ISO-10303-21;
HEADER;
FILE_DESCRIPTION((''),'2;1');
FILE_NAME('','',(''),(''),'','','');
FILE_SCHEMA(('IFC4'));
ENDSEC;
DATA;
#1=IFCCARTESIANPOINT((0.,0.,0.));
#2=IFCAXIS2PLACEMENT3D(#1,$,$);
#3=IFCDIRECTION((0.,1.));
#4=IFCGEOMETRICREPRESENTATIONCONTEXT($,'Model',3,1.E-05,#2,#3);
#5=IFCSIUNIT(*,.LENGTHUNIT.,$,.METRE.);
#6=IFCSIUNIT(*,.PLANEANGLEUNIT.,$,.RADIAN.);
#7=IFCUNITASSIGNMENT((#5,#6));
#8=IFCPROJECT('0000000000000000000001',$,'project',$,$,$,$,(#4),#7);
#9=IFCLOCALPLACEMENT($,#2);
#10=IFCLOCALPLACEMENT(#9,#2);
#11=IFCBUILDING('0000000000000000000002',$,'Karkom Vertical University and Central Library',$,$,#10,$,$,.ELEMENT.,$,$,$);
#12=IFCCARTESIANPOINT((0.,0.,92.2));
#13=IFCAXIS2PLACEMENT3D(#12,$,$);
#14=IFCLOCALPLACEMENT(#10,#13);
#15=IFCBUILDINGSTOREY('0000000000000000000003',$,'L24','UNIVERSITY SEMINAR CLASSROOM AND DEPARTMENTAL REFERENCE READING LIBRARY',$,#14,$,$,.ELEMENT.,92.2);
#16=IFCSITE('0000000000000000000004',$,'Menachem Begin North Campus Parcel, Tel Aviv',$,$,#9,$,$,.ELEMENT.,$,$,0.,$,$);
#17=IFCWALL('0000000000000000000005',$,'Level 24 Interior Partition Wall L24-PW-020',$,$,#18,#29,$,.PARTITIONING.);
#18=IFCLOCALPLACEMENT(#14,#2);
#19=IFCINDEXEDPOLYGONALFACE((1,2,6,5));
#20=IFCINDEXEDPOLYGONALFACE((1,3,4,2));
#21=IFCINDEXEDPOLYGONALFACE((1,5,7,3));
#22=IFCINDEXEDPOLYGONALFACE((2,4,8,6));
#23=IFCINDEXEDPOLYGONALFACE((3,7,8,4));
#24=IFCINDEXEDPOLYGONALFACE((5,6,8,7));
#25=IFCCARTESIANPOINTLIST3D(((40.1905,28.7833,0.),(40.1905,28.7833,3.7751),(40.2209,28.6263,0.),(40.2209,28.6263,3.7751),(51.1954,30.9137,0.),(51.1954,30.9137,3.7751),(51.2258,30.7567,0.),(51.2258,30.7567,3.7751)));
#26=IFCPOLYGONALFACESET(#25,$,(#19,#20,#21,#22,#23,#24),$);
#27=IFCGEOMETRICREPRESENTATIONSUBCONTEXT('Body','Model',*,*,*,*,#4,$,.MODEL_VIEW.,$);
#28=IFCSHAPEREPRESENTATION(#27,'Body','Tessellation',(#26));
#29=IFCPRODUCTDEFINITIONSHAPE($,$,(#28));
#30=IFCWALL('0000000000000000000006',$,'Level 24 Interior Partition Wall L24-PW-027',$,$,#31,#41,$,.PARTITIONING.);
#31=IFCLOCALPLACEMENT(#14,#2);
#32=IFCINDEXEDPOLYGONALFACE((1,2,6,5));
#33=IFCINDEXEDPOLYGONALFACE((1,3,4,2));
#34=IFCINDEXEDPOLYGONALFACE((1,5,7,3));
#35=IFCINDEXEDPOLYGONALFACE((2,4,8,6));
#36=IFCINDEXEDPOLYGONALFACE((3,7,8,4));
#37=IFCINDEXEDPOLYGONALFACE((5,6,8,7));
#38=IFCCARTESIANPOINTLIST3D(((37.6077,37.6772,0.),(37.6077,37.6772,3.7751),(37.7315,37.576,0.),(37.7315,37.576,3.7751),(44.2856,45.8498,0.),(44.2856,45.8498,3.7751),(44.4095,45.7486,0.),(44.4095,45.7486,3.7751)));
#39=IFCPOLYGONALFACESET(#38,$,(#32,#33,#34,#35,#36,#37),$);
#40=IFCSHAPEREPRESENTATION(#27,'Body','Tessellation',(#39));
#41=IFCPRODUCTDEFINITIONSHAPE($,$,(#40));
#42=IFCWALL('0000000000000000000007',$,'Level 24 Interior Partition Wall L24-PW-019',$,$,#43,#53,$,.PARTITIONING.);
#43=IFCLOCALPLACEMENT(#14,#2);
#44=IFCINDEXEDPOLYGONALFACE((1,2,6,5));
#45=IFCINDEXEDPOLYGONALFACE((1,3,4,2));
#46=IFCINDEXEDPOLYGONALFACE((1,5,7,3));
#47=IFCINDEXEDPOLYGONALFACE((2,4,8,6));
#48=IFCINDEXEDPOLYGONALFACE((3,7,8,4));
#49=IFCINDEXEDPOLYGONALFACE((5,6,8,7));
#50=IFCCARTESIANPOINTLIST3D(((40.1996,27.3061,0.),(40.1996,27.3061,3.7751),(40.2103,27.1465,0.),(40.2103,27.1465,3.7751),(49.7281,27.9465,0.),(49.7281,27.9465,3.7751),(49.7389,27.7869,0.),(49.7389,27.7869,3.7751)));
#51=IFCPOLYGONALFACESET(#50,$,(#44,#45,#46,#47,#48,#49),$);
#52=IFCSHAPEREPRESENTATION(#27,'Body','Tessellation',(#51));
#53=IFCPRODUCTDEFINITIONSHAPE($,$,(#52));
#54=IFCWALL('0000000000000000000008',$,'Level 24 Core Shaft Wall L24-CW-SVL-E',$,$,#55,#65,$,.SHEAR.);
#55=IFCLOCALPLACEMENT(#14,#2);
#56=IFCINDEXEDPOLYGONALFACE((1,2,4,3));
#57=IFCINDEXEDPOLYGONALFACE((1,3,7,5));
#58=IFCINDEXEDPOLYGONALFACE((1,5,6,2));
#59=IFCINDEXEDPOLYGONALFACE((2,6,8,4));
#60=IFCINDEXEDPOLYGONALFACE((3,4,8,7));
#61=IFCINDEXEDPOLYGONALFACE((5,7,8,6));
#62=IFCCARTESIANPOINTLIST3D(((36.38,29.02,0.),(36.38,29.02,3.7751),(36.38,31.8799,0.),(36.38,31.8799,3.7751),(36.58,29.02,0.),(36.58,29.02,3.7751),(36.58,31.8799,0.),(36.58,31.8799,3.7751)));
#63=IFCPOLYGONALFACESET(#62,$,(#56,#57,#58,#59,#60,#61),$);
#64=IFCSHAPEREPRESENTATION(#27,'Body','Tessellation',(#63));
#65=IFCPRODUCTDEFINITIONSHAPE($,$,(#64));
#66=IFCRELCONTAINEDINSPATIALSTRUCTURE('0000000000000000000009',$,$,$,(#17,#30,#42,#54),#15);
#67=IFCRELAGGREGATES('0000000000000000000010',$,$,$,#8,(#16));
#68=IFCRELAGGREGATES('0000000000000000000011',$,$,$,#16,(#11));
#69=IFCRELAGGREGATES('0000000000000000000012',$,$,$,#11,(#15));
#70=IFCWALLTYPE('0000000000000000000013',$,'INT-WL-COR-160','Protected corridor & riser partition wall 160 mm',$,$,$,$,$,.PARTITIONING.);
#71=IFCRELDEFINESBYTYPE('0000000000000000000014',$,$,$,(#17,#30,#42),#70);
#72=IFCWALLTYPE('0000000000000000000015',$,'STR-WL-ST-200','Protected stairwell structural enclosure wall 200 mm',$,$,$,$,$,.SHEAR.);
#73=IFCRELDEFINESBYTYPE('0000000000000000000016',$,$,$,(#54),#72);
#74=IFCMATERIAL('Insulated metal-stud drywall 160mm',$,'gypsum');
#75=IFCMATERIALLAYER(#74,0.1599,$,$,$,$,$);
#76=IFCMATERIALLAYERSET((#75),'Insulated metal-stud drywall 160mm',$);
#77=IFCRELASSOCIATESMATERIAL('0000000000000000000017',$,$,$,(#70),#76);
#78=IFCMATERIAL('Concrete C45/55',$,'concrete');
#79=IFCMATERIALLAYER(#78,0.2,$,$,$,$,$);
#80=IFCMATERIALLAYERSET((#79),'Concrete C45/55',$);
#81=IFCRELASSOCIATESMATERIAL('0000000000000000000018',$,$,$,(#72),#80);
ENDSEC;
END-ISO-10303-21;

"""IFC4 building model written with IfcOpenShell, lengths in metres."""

from ifc_helpers import new_model, si_unit, direction, frame, frame_2d, origin, place, context, subcontext, project, spatial, rectangle, extrude, material, layer, layer_set, type_object, element, save


model = new_model("IFC4")

# Units and contexts
model_context = context("Model", 3, precision=1e-05, world=origin(), true_north=direction((0.0, 1.0)))
body_context = subcontext(model_context, "Body", "Model", "MODEL_VIEW")
ifc_project = project(units=[si_unit("LENGTHUNIT", "METRE"), si_unit("PLANEANGLEUNIT", "RADIAN")], contexts=[model_context])

# Site, building, storey
site_placement = place(None, origin())
site = spatial("IfcSite", under=ifc_project, at=site_placement, Name="Menachem Begin North Campus Parcel, Tel Aviv", CompositionType="ELEMENT", RefElevation=0.0)
building_placement = place(site_placement, origin())
building = spatial("IfcBuilding", under=site, at=building_placement, Name="Karkom Vertical University and Central Library", CompositionType="ELEMENT")
storey_placement = place(building_placement, frame((0.0, 0.0, 92.2)))
storey = spatial("IfcBuildingStorey", under=building, at=storey_placement, Name="L24", Description="UNIVERSITY SEMINAR CLASSROOM AND DEPARTMENTAL REFERENCE READING LIBRARY", CompositionType="ELEMENT", Elevation=92.2)

# Walls
ifc_material_1 = material(Name="Insulated metal-stud drywall 160mm", Category="gypsum")
ifc_layer_1 = layer(ifc_material_1, 0.1599)
ifc_layer_set_1 = layer_set([ifc_layer_1], Name="Insulated metal-stud drywall 160mm")
wall_type_1 = type_object("IfcWallType", Name="INT-WL-COR-160", Description="Protected corridor & riser partition wall 160 mm", PredefinedType="PARTITIONING", material=ifc_layer_set_1)
wall_1_placement = place(storey_placement, frame((40.2058, 28.7048, 0.0), z_axis=(0.0, 0.0, 1.0), x_axis=(0.981773, 0.190056, 0.0)))
element("IfcWall", 1, at=wall_1_placement, inside=storey, type_object=wall_type_1, Name="Level 24 Interior Partition Wall L24-PW-020", PredefinedType="PARTITIONING", context=body_context, shape_type="SweptSolid", body=[
    extrude(rectangle(XDim=11.2092, YDim=0.1599, at=frame_2d((5.6045, 0.0))), origin(), (0.0, 0.0, 1.0), 3.7751),
])
wall_2_placement = place(storey_placement, frame((37.6697, 37.6267, 0.0), z_axis=(0.0, 0.0, 1.0), x_axis=(0.632744, 0.774361, 0.0)))
element("IfcWall", 2, at=wall_2_placement, inside=storey, type_object=wall_type_1, Name="Level 24 Interior Partition Wall L24-PW-027", PredefinedType="PARTITIONING", context=body_context, shape_type="SweptSolid", body=[
    extrude(rectangle(XDim=10.554, YDim=0.1599, at=frame_2d((5.2769, 0.0))), origin(), (0.0, 0.0, 1.0), 3.7751),
])
wall_3_placement = place(storey_placement, frame((40.2051, 27.2263, 0.0), z_axis=(0.0, 0.0, 1.0), x_axis=(0.997749, 0.067055, 0.0)))
element("IfcWall", 3, at=wall_3_placement, inside=storey, type_object=wall_type_1, Name="Level 24 Interior Partition Wall L24-PW-019", PredefinedType="PARTITIONING", context=body_context, shape_type="SweptSolid", body=[
    extrude(rectangle(XDim=9.55, YDim=0.1599, at=frame_2d((4.7749, 0.0))), origin(), (0.0, 0.0, 1.0), 3.7751),
])

# Wall
ifc_material_2 = material(Name="Concrete C45/55", Category="concrete")
ifc_layer_2 = layer(ifc_material_2, 0.2)
ifc_layer_set_2 = layer_set([ifc_layer_2], Name="Concrete C45/55")
wall_type_2 = type_object("IfcWallType", Name="STR-WL-ST-200", Description="Protected stairwell structural enclosure wall 200 mm", PredefinedType="SHEAR", material=ifc_layer_set_2)
wall_4_placement = place(storey_placement, frame((36.48, 29.02, 0.0), z_axis=(0.0, 0.0, 1.0), x_axis=(0.0, 1.0, 0.0)))
element("IfcWall", 4, at=wall_4_placement, inside=storey, type_object=wall_type_2, Name="Level 24 Core Shaft Wall L24-CW-SVL-E", PredefinedType="SHEAR", context=body_context, shape_type="SweptSolid", body=[
    extrude(rectangle(XDim=2.8599, YDim=0.2, at=frame_2d((1.4299, 0.0))), origin(), (0.0, 0.0, 1.0), 3.7751),
])

save(model, "model.ifc")
